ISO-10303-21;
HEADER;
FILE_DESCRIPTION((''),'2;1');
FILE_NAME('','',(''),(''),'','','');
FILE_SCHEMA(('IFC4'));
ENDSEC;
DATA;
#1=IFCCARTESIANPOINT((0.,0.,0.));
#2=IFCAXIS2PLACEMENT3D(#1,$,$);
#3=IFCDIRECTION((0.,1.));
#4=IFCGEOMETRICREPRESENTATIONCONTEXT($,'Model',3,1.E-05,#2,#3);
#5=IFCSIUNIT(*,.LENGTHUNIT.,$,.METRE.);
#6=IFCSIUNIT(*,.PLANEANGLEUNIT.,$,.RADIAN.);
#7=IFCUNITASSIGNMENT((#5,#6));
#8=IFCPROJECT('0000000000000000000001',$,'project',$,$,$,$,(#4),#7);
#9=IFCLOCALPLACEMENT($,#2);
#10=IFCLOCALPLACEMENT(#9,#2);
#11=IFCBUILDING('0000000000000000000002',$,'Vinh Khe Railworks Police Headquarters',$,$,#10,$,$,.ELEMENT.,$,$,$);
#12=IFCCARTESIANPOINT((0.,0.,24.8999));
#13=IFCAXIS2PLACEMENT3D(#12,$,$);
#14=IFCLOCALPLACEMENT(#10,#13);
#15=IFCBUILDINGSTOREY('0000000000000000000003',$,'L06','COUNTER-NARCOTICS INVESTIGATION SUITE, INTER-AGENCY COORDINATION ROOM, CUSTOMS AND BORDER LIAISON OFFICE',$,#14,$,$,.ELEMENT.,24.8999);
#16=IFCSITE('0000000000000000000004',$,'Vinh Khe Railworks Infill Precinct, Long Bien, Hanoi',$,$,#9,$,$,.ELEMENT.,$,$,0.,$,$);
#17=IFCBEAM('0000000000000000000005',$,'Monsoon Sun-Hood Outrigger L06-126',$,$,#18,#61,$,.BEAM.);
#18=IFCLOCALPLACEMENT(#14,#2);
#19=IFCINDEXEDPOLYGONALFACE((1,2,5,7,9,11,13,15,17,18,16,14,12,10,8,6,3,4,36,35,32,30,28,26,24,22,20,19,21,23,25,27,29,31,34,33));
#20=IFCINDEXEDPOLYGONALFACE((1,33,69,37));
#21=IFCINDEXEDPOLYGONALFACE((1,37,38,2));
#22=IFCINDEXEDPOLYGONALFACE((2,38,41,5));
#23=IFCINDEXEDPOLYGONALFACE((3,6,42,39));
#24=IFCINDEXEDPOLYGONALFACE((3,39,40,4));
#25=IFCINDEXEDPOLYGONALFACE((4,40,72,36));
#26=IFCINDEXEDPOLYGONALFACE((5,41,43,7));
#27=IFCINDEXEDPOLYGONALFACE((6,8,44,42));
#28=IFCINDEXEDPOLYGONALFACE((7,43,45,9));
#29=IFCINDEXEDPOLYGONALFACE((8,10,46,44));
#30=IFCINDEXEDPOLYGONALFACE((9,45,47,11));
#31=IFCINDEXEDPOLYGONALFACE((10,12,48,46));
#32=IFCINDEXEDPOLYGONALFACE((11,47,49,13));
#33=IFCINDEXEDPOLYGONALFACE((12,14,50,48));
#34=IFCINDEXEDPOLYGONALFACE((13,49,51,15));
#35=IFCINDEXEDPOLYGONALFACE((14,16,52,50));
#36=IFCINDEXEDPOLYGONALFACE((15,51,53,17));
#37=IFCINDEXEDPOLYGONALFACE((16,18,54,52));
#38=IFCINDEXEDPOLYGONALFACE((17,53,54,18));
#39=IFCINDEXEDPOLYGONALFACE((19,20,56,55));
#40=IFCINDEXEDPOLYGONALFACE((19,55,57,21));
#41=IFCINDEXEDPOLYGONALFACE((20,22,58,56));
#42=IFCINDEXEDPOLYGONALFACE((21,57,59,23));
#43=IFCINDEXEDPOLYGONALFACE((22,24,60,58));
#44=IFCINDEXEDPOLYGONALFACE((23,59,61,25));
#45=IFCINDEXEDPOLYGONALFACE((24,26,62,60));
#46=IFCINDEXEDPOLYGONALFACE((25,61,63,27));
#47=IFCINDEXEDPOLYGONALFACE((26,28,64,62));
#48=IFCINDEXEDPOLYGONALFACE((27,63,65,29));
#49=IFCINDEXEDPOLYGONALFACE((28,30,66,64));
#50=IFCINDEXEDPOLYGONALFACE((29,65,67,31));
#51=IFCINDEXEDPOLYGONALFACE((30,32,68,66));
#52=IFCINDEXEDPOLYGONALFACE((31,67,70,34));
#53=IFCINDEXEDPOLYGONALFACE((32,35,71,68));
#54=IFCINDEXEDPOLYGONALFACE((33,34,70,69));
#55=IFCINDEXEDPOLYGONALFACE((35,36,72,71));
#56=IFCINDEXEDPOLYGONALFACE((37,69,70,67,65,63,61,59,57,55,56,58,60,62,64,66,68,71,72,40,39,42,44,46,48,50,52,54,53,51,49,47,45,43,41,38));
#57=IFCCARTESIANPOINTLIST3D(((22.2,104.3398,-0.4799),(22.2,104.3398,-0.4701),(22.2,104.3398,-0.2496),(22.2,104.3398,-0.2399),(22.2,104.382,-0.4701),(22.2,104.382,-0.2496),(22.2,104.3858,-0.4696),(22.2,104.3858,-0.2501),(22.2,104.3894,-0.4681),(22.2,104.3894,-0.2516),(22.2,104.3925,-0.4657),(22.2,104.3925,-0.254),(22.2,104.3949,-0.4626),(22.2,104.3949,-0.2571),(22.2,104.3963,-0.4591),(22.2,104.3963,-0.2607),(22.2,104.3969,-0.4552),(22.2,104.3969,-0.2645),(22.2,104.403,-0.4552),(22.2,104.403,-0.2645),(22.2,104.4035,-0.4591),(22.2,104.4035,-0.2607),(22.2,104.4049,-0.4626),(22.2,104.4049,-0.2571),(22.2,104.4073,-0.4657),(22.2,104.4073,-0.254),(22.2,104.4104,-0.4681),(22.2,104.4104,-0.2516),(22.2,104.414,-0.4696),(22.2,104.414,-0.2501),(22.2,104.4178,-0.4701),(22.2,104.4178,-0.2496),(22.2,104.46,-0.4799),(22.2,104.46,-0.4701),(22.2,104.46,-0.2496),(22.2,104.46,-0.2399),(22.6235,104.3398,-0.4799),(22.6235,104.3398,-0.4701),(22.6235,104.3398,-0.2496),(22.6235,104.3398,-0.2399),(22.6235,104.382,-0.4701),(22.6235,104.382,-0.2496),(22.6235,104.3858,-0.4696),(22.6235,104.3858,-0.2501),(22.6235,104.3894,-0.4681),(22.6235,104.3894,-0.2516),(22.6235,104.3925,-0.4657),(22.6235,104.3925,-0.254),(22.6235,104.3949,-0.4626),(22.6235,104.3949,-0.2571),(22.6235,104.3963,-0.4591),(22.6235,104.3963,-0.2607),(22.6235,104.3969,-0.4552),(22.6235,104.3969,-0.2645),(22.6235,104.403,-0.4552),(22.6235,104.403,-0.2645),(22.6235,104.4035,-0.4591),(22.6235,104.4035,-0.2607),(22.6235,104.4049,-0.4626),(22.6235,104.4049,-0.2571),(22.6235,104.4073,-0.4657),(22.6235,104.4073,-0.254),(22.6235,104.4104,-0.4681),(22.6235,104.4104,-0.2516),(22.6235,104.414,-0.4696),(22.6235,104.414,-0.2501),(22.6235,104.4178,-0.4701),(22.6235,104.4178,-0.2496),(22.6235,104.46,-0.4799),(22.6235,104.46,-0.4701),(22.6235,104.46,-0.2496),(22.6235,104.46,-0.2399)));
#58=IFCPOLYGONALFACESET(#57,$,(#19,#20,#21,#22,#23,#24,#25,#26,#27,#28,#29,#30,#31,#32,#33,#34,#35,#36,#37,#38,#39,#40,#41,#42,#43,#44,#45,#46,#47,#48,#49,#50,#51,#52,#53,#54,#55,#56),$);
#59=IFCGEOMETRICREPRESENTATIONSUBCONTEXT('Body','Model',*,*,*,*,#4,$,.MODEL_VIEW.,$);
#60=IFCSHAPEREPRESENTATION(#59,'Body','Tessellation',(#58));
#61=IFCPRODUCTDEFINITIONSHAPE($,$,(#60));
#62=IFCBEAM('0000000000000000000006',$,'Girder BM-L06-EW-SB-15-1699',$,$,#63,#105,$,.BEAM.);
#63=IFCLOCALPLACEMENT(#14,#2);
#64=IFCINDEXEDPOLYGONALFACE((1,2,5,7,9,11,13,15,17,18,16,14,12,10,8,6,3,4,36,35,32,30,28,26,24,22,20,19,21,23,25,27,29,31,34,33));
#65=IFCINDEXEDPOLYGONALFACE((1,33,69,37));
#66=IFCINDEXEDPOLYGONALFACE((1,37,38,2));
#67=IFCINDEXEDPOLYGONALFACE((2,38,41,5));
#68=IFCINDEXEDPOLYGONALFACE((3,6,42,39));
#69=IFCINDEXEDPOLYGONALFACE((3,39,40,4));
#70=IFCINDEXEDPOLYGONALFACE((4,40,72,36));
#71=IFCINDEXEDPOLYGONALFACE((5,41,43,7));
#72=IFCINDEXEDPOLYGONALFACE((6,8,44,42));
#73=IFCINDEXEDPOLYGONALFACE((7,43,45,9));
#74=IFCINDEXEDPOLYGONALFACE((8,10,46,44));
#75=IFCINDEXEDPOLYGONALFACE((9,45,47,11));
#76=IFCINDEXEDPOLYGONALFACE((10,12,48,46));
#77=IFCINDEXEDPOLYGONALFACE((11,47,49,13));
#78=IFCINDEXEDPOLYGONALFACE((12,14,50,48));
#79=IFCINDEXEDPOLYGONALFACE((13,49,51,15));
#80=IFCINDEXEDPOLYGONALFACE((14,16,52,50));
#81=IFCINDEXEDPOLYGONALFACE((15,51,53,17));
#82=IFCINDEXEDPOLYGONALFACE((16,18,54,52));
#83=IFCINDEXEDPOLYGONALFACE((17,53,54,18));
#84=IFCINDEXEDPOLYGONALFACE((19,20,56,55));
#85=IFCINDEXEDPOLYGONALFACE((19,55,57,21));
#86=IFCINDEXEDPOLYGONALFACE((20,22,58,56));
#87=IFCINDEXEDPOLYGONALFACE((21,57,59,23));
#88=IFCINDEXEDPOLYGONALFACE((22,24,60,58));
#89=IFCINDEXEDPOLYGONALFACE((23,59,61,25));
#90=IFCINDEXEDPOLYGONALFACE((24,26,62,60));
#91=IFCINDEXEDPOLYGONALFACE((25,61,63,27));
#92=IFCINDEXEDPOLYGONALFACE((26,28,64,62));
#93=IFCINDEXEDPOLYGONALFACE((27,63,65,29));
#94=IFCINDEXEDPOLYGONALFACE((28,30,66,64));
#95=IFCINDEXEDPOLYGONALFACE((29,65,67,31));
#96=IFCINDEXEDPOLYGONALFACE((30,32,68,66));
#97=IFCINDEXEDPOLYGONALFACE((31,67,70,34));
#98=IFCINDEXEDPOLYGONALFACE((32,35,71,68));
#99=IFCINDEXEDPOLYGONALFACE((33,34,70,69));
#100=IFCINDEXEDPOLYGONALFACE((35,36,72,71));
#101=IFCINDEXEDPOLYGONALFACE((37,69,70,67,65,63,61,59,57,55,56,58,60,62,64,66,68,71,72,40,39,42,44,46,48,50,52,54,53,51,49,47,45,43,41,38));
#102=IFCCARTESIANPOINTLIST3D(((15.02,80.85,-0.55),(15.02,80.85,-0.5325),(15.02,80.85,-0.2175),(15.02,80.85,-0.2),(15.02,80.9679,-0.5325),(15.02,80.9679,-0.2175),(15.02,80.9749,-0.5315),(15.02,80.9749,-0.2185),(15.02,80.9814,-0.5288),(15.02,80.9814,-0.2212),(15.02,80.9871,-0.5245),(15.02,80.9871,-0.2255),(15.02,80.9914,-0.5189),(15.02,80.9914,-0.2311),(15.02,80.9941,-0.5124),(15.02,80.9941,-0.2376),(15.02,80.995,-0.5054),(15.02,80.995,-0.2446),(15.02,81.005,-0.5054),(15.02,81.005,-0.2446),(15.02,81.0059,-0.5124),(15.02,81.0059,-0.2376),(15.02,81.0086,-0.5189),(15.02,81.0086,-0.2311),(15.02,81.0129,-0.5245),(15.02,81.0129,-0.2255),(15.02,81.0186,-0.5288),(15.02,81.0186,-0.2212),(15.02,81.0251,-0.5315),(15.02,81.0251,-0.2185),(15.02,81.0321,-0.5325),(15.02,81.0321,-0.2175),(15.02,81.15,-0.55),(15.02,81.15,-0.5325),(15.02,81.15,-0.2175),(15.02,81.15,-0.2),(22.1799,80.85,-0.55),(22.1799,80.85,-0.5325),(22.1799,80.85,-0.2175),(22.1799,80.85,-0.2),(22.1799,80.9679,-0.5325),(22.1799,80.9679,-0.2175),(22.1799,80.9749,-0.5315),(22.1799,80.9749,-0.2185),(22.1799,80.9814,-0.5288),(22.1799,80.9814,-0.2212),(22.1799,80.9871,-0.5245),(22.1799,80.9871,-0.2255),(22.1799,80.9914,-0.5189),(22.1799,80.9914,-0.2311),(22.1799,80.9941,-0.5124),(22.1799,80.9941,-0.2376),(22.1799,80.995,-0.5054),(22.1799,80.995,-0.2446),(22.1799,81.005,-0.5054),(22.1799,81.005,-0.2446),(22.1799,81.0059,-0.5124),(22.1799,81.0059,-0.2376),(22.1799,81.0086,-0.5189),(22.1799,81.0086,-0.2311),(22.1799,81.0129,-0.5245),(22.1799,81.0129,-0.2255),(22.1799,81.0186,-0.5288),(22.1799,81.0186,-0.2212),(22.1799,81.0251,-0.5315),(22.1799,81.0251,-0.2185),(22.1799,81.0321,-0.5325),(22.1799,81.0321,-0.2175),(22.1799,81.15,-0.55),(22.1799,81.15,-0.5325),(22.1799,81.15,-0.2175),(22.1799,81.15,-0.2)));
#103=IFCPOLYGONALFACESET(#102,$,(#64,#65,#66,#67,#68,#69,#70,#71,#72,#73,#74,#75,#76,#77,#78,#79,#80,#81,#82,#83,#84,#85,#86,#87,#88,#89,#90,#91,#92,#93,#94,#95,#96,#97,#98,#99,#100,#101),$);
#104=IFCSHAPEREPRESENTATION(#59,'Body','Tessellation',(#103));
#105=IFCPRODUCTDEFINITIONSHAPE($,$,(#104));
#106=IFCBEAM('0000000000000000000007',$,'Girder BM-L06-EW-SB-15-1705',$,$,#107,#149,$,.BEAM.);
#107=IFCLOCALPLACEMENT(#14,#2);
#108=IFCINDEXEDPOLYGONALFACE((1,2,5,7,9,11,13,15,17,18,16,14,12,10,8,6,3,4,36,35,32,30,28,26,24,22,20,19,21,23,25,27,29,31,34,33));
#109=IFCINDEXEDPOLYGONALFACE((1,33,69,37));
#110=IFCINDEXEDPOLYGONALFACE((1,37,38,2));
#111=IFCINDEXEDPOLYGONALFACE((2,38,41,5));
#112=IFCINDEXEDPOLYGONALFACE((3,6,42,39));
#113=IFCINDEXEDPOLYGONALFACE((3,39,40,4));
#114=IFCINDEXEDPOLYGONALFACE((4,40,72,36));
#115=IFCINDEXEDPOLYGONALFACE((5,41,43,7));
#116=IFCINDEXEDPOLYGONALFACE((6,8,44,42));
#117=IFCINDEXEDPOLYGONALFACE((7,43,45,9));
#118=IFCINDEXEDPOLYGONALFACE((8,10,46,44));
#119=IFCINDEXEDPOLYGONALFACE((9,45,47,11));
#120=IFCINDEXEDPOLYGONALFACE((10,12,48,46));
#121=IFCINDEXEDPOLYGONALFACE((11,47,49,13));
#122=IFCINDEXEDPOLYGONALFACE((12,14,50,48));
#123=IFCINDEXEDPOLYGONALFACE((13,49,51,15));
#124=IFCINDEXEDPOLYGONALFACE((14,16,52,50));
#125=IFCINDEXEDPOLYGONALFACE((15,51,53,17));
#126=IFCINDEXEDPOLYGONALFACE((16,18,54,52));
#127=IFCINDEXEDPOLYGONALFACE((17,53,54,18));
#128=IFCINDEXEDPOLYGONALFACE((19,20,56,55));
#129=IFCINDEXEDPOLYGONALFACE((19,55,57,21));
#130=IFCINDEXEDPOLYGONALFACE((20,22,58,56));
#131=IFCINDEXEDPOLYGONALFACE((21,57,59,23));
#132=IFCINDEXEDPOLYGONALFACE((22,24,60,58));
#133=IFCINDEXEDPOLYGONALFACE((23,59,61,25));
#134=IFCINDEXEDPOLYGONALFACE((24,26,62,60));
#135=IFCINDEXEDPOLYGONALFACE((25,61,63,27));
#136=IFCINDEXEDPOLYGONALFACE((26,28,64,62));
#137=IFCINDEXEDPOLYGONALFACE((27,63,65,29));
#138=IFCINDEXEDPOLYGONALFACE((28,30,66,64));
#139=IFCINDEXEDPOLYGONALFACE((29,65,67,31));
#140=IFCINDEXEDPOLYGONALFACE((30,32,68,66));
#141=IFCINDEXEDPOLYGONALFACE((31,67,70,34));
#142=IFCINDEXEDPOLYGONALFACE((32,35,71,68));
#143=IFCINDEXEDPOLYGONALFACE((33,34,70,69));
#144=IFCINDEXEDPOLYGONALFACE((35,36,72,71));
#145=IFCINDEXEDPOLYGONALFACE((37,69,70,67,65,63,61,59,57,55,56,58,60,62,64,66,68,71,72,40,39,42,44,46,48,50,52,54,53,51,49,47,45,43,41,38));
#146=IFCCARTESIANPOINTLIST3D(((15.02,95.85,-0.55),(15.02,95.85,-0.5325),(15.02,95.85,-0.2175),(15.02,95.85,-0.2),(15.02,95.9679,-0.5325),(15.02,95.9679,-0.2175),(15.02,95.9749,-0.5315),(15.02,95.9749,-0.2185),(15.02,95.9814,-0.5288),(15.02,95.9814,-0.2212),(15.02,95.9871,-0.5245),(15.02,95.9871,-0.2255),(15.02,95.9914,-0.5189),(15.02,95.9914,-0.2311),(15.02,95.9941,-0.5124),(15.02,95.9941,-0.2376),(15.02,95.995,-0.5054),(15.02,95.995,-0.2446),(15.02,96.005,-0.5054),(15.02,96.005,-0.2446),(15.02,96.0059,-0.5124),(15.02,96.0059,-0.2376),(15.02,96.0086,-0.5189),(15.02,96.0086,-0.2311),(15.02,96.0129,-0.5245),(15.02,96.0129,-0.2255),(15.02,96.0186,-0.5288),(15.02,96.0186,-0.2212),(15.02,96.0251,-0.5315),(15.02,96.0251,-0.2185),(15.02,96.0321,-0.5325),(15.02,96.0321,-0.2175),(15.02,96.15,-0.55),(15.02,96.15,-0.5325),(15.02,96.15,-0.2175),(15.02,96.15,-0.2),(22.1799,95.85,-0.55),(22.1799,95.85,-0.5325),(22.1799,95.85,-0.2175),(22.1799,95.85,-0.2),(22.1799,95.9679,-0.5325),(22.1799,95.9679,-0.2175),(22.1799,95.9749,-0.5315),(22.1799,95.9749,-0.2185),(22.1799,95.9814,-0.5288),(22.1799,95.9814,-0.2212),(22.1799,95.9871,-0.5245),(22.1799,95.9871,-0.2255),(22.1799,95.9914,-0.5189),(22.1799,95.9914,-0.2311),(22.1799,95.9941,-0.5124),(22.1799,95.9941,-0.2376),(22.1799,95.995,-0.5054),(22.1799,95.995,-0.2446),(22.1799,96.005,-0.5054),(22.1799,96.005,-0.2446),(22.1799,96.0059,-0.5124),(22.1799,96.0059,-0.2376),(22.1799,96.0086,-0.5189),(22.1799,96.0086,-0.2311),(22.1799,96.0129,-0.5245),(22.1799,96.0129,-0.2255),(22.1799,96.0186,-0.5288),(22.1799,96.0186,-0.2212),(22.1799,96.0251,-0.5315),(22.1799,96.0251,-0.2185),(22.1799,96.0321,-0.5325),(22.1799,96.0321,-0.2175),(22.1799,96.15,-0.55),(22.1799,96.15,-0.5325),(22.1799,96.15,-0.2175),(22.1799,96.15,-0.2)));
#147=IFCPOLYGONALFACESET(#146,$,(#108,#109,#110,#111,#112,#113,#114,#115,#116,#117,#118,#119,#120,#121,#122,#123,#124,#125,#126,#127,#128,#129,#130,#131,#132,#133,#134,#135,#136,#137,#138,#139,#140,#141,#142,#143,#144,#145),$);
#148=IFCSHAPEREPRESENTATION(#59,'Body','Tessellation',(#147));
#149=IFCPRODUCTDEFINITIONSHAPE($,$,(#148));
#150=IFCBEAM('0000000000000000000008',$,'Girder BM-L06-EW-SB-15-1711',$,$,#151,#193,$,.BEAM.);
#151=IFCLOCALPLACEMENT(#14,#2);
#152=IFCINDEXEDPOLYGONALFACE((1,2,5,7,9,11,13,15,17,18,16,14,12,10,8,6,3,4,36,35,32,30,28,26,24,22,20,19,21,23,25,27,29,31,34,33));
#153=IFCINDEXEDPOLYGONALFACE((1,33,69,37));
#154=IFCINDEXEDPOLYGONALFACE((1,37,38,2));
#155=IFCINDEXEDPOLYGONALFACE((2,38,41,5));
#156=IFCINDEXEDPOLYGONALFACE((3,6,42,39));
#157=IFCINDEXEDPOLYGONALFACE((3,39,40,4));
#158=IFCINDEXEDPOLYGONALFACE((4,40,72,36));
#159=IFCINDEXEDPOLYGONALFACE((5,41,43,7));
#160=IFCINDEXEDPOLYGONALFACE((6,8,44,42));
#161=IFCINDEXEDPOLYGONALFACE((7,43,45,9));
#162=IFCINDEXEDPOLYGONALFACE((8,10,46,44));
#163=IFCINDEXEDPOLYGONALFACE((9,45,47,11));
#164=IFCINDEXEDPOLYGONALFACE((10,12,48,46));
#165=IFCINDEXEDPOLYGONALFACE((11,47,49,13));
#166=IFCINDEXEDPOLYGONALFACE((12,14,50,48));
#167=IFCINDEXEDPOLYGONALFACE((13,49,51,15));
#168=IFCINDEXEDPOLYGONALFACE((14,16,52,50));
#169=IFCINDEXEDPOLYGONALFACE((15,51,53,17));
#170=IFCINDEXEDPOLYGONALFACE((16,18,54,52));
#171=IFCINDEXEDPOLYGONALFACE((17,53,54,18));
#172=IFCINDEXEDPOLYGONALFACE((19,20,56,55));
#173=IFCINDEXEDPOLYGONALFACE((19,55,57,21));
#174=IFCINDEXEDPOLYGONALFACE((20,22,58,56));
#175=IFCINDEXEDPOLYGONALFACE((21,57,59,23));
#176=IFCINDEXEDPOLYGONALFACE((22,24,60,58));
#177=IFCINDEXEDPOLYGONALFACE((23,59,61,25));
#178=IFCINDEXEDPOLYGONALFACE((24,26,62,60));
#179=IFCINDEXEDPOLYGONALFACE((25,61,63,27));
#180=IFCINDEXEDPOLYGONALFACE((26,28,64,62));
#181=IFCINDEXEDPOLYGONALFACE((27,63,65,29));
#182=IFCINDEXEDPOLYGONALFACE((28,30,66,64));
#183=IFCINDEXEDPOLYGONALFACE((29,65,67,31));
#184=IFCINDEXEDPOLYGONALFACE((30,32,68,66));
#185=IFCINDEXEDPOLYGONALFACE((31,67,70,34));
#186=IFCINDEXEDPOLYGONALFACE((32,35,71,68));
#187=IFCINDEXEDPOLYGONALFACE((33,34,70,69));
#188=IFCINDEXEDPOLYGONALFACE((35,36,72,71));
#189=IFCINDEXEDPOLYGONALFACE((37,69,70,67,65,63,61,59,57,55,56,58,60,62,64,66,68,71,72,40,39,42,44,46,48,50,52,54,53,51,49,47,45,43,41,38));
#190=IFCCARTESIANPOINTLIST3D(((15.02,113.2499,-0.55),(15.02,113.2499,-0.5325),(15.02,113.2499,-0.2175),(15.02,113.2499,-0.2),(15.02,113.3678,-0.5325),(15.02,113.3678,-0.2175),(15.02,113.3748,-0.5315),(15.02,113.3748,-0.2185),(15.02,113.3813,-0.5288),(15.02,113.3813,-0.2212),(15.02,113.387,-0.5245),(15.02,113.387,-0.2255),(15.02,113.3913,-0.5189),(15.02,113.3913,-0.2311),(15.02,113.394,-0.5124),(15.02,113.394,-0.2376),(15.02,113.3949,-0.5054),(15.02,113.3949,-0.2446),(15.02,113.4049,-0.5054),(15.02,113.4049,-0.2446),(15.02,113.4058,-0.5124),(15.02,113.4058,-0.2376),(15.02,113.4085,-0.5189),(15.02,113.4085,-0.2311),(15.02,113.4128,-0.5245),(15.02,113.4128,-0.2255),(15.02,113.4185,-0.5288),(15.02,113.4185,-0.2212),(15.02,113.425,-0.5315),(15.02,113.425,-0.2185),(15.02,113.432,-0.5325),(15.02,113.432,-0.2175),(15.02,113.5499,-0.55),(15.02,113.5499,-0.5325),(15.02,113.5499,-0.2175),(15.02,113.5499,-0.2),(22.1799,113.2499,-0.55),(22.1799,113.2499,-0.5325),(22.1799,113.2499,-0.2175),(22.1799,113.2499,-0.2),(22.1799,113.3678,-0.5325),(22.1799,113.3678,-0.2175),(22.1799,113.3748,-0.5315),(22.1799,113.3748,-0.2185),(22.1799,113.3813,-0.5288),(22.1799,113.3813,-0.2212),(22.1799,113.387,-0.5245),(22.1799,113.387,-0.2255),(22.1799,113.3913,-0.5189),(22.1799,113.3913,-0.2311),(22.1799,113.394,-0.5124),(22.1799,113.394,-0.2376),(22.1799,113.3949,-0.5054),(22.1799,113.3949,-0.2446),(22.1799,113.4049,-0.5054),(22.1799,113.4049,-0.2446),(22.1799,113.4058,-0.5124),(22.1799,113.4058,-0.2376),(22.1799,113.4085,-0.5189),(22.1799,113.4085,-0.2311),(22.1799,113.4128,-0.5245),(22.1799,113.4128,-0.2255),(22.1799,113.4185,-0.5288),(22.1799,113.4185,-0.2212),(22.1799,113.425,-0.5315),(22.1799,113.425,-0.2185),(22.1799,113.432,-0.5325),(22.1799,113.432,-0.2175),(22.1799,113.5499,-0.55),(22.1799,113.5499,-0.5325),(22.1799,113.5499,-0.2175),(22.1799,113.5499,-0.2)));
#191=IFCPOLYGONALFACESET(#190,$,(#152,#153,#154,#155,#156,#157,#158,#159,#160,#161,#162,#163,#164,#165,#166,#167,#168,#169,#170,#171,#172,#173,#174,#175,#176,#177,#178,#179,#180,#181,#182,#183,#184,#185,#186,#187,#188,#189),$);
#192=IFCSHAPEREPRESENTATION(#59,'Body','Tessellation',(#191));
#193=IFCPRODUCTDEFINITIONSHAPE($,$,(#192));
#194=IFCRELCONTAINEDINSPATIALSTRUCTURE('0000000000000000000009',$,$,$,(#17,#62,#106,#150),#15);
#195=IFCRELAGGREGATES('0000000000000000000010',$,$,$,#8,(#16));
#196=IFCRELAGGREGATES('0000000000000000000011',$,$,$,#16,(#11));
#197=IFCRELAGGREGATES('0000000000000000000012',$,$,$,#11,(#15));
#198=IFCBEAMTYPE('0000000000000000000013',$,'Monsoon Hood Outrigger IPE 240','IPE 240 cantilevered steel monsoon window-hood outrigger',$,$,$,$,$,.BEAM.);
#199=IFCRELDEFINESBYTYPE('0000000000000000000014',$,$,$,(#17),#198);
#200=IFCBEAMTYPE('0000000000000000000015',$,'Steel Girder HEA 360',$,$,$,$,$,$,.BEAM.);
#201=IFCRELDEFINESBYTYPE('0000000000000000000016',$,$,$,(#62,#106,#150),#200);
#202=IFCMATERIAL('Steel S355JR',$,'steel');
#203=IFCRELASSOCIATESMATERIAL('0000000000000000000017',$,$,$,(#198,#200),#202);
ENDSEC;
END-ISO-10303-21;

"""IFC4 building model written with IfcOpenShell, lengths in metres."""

from ifc_helpers import new_model, si_unit, direction, frame, origin, origin_2d, place, context, subcontext, project, spatial, i_section, extrude, material, material_profile, profile_set, type_object, element, save


model = new_model("IFC4")

# Units and contexts
model_context = context("Model", 3, precision=1e-05, world=origin(), true_north=direction((0.0, 1.0)))
body_context = subcontext(model_context, "Body", "Model", "MODEL_VIEW")
ifc_project = project(units=[si_unit("LENGTHUNIT", "METRE"), si_unit("PLANEANGLEUNIT", "RADIAN")], contexts=[model_context])

# Site, building, storey
site_placement = place(None, origin())
site = spatial("IfcSite", under=ifc_project, at=site_placement, Name="Vinh Khe Railworks Infill Precinct, Long Bien, Hanoi", CompositionType="ELEMENT", RefElevation=0.0)
building_placement = place(site_placement, origin())
building = spatial("IfcBuilding", under=site, at=building_placement, Name="Vinh Khe Railworks Police Headquarters", CompositionType="ELEMENT")
storey_placement = place(building_placement, frame((0.0, 0.0, 24.8999)))
storey = spatial("IfcBuildingStorey", under=building, at=storey_placement, Name="L06", Description="COUNTER-NARCOTICS INVESTIGATION SUITE, INTER-AGENCY COORDINATION ROOM, CUSTOMS AND BORDER LIAISON OFFICE", CompositionType="ELEMENT", Elevation=24.8999)

# Shared definitions
ifc_material_1 = material(Name="Steel S355JR", Category="steel")

# Beams
ifc_material_profile_1 = material_profile(ifc_material_1, i_section(OverallWidth=0.1201, OverallDepth=0.24, WebThickness=0.0061, FlangeThickness=0.0098, FilletRadius=0.0149, at=origin_2d()), Name="IPE 240")
ifc_profile_set_1 = profile_set([ifc_material_profile_1], Name="Steel S355JR")
beam_type_1 = type_object("IfcBeamType", Name="Monsoon Hood Outrigger IPE 240", Description="IPE 240 cantilevered steel monsoon window-hood outrigger", PredefinedType="BEAM", material=ifc_profile_set_1)
beam_1_placement = place(storey_placement, frame((22.2, 104.3999, -0.3599), z_axis=(1.0, 0.0, 0.0), x_axis=(0.0, 1.0, 0.0)))
element("IfcBeam", 1, at=beam_1_placement, inside=storey, type_object=beam_type_1, Name="Monsoon Sun-Hood Outrigger L06-126", PredefinedType="BEAM", context=body_context, shape_type="SweptSolid", body=[
    extrude(i_section(OverallWidth=0.1201, OverallDepth=0.24, WebThickness=0.0061, FlangeThickness=0.0098, FilletRadius=0.0149, at=origin_2d()), origin(), (0.0, 0.0, 1.0), 0.4236),
])
ifc_material_profile_2 = material_profile(ifc_material_1, i_section(OverallWidth=0.3, OverallDepth=0.3501, WebThickness=0.01, FlangeThickness=0.0176, FilletRadius=0.0271, at=origin_2d()), Name="HEA 360")
ifc_profile_set_2 = profile_set([ifc_material_profile_2], Name="Steel S355JR")
beam_type_2 = type_object("IfcBeamType", Name="Steel Girder HEA 360", PredefinedType="BEAM", material=ifc_profile_set_2)
for number, where, z_axis, x_axis, name in (
    (2, (15.02, 81.0, -0.375), (1.0, 0.0, 0.0), (0.0, 1.0, 0.0), "Girder BM-L06-EW-SB-15-1699"),
    (3, (15.02, 96.0, -0.375), (1.0, 0.0, 0.0), (0.0, 1.0, 0.0), "Girder BM-L06-EW-SB-15-1705"),
    (4, (15.02, 113.3999, -0.375), (1.0, 0.0, 0.0), (0.0, 1.0, 0.0), "Girder BM-L06-EW-SB-15-1711"),
):
    element("IfcBeam", number, at=place(storey_placement, frame(where, z_axis=z_axis, x_axis=x_axis)), inside=storey, type_object=beam_type_2, Name=name, PredefinedType="BEAM", context=body_context, shape_type="SweptSolid", body=[
        extrude(i_section(OverallWidth=0.3, OverallDepth=0.3501, WebThickness=0.01, FlangeThickness=0.0176, FilletRadius=0.0271, at=origin_2d()), origin(), (0.0, 0.0, 1.0), 7.1599),
    ])

save(model, "model.ifc")
